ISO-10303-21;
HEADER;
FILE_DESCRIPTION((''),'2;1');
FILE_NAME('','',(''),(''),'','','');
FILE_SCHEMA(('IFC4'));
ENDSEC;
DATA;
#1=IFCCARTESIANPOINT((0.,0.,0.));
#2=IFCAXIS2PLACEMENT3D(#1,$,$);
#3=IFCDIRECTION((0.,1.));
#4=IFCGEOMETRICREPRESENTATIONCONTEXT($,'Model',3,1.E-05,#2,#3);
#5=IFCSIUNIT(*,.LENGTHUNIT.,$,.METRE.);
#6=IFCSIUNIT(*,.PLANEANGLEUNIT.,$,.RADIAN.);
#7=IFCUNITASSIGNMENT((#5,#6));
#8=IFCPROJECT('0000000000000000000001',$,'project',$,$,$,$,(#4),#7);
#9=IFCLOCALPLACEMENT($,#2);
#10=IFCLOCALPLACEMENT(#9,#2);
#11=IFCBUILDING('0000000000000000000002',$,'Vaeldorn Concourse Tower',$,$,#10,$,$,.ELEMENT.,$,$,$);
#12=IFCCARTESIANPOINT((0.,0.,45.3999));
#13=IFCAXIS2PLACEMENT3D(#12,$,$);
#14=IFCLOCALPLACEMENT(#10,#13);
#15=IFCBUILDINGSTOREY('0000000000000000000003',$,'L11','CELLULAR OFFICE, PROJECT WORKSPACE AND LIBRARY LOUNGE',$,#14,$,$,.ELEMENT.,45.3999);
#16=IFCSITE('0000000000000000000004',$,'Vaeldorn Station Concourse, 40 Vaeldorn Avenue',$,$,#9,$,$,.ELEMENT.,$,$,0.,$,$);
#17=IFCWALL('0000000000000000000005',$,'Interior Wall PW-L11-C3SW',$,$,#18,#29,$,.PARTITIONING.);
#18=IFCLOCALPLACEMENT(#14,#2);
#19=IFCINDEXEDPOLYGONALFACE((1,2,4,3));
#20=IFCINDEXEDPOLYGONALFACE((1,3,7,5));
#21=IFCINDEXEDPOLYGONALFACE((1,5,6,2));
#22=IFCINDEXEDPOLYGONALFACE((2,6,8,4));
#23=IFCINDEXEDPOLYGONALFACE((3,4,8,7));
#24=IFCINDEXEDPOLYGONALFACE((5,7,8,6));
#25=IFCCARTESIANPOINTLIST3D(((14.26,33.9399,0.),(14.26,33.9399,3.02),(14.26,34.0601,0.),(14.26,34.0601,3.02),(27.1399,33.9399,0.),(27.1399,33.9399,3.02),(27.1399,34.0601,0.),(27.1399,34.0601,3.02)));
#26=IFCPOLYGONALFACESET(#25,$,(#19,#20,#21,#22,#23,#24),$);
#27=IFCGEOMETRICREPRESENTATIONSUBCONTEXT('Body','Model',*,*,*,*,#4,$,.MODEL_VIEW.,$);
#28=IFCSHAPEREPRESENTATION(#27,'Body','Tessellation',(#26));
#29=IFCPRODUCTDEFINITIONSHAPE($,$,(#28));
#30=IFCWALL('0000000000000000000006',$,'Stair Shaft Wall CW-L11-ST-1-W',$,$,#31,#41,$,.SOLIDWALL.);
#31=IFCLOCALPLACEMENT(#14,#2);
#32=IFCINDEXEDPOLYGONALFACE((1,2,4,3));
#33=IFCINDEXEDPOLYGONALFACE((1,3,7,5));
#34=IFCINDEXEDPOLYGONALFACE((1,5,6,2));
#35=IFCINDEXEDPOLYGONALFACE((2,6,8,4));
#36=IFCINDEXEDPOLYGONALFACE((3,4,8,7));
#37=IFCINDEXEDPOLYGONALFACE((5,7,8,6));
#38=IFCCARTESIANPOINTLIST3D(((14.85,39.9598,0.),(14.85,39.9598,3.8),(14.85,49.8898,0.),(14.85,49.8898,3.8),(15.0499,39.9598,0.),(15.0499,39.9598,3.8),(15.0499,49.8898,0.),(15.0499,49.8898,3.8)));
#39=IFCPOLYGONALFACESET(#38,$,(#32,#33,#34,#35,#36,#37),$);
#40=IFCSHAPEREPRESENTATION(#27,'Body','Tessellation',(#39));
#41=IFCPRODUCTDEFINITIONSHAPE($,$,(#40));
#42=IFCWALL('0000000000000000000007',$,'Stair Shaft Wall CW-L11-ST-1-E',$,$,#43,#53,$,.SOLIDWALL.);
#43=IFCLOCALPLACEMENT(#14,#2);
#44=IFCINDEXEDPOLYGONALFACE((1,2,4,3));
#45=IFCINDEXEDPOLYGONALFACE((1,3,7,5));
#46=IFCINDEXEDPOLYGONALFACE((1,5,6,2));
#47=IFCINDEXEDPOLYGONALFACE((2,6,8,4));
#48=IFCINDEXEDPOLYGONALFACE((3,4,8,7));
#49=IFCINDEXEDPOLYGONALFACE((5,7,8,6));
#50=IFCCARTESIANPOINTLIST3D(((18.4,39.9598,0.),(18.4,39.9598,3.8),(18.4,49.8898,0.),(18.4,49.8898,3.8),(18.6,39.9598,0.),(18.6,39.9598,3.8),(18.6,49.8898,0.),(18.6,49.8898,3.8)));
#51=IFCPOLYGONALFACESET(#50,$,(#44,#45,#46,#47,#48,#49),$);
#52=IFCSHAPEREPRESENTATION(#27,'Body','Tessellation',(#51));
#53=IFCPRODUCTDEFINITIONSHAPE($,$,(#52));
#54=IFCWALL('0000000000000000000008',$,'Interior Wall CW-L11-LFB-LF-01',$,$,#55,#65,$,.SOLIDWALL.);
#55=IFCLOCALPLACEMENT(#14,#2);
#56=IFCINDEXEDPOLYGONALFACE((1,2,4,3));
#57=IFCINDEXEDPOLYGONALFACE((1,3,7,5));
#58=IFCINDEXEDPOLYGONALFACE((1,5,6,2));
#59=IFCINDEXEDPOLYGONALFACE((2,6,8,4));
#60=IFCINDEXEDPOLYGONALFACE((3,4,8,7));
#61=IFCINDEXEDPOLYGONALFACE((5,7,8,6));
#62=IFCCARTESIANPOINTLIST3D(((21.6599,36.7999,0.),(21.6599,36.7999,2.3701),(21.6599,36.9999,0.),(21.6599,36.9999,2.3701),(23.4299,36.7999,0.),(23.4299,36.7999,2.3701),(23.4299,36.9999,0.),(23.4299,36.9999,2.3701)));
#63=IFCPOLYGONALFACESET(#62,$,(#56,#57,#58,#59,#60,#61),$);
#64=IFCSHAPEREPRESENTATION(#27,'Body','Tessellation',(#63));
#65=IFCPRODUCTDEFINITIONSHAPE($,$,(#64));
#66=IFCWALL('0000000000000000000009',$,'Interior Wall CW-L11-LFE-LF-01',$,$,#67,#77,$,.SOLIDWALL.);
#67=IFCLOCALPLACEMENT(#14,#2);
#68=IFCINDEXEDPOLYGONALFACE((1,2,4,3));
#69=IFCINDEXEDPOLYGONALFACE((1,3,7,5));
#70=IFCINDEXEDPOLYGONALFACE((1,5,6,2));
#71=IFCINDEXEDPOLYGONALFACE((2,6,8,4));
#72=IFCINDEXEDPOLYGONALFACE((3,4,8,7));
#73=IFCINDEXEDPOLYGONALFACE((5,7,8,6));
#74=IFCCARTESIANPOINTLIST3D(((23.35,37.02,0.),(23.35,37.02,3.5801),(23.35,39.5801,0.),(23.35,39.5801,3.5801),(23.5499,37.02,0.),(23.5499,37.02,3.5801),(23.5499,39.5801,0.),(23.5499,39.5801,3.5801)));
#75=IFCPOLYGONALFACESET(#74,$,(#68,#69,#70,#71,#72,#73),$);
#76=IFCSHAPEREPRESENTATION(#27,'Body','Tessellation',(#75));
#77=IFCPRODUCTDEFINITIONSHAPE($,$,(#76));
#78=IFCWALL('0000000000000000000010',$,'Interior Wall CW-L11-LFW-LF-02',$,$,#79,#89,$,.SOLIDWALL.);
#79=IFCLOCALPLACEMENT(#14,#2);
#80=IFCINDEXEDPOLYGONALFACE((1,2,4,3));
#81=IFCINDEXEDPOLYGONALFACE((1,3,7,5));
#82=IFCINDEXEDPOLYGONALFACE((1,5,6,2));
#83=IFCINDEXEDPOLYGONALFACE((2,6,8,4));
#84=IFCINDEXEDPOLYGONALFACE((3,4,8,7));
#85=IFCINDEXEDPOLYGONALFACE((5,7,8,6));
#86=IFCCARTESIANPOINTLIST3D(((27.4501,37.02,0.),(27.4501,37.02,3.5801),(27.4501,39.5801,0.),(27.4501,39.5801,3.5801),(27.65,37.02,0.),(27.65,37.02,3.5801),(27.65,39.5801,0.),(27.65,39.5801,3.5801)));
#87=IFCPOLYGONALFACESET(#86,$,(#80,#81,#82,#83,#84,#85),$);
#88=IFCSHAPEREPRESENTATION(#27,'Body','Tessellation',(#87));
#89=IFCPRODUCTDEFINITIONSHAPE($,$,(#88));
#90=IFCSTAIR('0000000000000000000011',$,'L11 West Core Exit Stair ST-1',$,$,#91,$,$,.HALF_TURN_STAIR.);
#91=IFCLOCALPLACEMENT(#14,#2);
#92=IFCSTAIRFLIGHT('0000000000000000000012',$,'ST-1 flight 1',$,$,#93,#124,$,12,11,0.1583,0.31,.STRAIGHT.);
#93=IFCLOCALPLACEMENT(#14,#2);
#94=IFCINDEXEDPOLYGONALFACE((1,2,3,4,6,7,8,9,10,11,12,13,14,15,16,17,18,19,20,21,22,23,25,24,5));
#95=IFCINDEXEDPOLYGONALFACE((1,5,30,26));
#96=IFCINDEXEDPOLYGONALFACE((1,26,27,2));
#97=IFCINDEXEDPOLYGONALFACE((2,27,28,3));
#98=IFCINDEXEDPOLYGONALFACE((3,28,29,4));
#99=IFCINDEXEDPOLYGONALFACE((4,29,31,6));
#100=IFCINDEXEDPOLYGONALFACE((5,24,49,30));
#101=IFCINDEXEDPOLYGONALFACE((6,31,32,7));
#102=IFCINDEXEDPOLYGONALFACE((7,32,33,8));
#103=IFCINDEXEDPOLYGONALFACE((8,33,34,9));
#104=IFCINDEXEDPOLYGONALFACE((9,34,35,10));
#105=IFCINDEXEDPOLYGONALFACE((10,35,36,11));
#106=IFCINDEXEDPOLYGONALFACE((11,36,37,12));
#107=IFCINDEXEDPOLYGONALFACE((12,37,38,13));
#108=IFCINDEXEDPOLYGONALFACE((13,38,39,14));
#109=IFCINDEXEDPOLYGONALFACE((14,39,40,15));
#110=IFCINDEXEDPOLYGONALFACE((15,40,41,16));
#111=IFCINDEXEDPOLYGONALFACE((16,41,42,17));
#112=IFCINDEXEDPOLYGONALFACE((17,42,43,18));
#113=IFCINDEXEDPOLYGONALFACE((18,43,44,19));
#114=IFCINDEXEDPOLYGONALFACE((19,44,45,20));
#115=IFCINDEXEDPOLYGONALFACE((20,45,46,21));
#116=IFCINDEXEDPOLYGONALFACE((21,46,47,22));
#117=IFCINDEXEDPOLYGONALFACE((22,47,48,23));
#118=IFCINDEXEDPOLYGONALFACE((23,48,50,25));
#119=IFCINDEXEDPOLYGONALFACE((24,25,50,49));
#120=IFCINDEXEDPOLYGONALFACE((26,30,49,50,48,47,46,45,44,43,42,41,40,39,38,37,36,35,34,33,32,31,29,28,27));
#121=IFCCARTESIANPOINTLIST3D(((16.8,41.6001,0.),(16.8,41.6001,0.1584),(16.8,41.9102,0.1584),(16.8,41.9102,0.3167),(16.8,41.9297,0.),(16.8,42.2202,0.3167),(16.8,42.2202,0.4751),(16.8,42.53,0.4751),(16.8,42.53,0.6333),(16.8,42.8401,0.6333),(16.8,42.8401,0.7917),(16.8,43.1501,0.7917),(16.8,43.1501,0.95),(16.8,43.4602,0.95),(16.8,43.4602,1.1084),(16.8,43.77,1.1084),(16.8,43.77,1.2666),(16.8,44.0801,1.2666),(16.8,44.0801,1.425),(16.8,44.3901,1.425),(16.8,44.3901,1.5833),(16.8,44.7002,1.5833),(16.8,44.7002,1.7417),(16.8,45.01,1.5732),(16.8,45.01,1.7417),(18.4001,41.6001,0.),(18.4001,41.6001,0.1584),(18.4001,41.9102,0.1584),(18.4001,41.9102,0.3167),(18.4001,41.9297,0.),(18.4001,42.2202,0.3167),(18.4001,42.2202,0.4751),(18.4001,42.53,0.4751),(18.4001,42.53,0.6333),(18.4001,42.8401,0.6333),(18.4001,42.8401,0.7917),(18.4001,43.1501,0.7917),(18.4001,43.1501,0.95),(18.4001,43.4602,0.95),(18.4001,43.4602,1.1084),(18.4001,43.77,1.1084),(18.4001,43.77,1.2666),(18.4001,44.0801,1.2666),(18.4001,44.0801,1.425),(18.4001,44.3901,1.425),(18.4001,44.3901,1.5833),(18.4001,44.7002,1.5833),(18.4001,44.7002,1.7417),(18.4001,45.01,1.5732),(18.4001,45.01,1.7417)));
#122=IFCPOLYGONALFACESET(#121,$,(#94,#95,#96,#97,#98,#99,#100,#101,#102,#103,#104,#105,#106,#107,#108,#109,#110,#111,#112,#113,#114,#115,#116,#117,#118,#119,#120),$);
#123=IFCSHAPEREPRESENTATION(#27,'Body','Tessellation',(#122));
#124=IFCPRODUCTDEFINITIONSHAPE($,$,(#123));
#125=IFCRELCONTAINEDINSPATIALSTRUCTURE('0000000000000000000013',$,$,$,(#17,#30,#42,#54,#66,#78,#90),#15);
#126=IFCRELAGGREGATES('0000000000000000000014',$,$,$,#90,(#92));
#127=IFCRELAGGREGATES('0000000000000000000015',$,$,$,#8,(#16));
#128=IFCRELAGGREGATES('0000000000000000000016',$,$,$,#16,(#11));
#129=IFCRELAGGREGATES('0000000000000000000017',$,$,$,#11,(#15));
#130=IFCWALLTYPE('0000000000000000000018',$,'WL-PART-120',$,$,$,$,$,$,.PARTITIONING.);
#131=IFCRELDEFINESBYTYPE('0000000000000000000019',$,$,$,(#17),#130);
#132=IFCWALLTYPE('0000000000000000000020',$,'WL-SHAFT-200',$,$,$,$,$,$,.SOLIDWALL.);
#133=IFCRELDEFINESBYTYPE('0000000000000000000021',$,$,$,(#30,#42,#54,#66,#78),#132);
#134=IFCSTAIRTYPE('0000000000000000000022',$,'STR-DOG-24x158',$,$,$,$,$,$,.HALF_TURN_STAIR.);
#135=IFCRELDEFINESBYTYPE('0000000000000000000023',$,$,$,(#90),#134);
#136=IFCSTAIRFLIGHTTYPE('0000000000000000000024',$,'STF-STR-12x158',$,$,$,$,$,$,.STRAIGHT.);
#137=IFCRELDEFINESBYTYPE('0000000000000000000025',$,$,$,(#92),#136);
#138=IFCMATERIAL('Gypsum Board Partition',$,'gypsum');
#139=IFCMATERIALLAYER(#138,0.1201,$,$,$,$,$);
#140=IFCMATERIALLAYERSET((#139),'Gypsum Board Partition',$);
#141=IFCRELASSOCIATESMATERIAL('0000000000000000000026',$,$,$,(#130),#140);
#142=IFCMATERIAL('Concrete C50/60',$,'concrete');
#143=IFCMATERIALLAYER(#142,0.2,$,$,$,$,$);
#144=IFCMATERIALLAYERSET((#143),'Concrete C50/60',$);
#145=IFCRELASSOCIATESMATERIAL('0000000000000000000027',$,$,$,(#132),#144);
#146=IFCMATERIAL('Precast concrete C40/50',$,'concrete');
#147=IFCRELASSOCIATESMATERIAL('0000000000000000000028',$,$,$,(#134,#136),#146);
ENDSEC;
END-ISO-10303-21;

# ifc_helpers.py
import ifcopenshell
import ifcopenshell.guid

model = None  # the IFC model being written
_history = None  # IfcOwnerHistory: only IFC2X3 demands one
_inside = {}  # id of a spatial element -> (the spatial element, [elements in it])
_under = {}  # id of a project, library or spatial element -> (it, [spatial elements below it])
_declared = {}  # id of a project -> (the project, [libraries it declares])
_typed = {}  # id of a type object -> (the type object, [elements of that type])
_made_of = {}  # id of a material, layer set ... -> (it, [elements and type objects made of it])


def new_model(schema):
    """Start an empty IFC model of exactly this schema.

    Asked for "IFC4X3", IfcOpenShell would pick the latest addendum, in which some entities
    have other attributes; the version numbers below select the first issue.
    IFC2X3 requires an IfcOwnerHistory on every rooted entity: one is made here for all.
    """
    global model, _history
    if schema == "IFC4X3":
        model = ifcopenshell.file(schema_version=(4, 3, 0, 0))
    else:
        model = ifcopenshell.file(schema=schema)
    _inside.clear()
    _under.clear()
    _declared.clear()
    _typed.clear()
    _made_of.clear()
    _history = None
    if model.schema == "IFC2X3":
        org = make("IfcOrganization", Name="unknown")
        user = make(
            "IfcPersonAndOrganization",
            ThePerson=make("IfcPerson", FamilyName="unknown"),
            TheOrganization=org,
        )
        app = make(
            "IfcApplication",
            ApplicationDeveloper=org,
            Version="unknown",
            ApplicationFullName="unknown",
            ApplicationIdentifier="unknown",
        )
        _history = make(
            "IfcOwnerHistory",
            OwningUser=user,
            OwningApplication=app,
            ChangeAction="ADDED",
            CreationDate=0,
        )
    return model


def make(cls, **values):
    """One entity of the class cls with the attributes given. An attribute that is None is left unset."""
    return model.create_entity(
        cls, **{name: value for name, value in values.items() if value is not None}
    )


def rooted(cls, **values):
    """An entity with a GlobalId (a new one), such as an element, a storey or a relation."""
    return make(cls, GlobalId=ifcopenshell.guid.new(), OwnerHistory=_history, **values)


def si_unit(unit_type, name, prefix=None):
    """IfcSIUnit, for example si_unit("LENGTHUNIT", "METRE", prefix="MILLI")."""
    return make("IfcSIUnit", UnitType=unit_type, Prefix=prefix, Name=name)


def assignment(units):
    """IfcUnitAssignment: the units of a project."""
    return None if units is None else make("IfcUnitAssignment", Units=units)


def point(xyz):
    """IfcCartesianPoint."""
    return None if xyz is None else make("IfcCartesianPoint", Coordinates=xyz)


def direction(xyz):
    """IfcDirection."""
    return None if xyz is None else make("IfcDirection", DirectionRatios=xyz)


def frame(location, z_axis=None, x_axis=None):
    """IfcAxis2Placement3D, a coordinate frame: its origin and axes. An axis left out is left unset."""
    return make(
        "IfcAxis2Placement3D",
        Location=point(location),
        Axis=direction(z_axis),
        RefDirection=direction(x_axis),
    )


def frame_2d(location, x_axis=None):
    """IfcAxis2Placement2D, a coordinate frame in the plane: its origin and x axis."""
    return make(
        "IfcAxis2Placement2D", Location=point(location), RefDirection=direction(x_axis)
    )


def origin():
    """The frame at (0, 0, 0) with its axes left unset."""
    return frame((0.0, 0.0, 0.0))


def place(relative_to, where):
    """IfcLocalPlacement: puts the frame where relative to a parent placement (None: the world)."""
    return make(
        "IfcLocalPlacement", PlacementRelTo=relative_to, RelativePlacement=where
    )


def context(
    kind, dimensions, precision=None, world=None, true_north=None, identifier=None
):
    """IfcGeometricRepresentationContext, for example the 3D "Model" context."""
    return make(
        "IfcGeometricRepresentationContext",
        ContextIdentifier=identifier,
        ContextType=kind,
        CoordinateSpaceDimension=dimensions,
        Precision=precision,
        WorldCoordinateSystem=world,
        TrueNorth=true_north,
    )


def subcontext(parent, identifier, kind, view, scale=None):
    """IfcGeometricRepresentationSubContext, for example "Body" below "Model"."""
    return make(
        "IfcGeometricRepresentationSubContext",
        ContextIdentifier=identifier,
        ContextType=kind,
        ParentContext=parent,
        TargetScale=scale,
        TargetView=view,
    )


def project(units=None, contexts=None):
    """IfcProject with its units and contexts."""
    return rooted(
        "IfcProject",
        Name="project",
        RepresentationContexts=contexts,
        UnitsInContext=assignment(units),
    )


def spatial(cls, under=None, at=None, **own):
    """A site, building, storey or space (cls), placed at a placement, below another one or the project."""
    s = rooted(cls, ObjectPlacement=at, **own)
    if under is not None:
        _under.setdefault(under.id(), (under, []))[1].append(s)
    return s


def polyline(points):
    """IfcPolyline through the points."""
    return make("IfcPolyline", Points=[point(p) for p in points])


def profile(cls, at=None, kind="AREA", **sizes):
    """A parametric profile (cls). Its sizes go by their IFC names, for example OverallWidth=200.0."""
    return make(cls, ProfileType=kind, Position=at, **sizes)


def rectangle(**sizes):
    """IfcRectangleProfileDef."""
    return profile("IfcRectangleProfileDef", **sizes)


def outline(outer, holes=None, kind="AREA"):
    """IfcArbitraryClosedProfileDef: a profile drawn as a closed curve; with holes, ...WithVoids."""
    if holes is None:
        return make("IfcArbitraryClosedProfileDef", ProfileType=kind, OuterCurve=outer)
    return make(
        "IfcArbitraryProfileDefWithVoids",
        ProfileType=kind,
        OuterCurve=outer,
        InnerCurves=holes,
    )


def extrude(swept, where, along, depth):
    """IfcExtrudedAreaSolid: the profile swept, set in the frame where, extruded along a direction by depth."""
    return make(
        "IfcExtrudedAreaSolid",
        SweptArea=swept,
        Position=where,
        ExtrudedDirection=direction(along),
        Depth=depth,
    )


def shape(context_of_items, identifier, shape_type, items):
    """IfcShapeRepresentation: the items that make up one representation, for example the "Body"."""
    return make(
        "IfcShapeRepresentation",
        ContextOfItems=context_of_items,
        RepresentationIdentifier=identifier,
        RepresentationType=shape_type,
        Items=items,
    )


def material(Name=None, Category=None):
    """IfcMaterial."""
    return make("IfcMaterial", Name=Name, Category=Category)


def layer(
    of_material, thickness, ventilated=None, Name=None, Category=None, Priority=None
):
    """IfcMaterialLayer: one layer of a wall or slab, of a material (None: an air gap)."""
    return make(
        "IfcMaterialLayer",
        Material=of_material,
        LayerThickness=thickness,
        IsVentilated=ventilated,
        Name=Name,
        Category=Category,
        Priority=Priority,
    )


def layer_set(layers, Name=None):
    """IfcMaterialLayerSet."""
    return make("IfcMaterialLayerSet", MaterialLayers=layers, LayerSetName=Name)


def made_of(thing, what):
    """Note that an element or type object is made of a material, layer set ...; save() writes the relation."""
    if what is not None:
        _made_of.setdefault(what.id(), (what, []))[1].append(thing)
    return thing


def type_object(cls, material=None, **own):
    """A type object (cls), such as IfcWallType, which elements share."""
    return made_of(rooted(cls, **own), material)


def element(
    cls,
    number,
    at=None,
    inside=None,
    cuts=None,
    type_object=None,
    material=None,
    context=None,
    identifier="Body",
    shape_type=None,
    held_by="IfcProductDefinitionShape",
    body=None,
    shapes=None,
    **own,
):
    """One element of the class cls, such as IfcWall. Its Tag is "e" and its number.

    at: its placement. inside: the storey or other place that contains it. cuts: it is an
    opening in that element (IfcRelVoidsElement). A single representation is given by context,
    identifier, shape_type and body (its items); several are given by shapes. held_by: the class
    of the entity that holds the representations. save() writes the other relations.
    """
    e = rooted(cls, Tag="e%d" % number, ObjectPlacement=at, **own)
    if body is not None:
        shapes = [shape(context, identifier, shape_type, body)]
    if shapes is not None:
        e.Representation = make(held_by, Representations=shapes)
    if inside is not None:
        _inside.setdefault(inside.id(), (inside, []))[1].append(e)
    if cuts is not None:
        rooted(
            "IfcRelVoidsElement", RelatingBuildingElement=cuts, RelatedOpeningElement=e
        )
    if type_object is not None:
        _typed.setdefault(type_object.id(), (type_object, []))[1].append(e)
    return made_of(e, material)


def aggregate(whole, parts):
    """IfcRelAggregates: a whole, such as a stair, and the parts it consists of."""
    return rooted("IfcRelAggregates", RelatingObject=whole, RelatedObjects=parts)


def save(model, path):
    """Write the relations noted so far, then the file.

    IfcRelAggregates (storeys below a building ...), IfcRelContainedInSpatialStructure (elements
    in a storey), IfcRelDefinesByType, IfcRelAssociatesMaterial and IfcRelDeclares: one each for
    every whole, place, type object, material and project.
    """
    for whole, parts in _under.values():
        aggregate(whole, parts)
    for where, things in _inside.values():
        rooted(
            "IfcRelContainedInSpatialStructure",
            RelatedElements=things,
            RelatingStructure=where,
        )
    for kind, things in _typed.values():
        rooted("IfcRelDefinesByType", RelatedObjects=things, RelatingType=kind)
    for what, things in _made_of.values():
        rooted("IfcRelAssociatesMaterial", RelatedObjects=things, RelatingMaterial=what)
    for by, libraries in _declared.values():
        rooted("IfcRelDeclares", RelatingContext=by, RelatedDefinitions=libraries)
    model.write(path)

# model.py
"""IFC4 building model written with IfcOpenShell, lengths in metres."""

from ifc_helpers import new_model, si_unit, direction, frame, frame_2d, origin, place, context, subcontext, project, spatial, polyline, rectangle, outline, extrude, material, layer, layer_set, type_object, element, aggregate, save


model = new_model("IFC4")

# Units and contexts
model_context = context("Model", 3, precision=1e-05, world=origin(), true_north=direction((0.0, 1.0)))
body_context = subcontext(model_context, "Body", "Model", "MODEL_VIEW")
ifc_project = project(units=[si_unit("LENGTHUNIT", "METRE"), si_unit("PLANEANGLEUNIT", "RADIAN")], contexts=[model_context])

# Site, building, storey
site_placement = place(None, origin())
site = spatial("IfcSite", under=ifc_project, at=site_placement, Name="Vaeldorn Station Concourse, 40 Vaeldorn Avenue", CompositionType="ELEMENT", RefElevation=0.0)
building_placement = place(site_placement, origin())
building = spatial("IfcBuilding", under=site, at=building_placement, Name="Vaeldorn Concourse Tower", CompositionType="ELEMENT")
storey_placement = place(building_placement, frame((0.0, 0.0, 45.3999)))
storey = spatial("IfcBuildingStorey", under=building, at=storey_placement, Name="L11", Description="CELLULAR OFFICE, PROJECT WORKSPACE AND LIBRARY LOUNGE", CompositionType="ELEMENT", Elevation=45.3999)

# Wall
ifc_material_1 = material(Name="Gypsum Board Partition", Category="gypsum")
ifc_layer_1 = layer(ifc_material_1, 0.1201)
ifc_layer_set_1 = layer_set([ifc_layer_1], Name="Gypsum Board Partition")
wall_type_1 = type_object("IfcWallType", Name="WL-PART-120", PredefinedType="PARTITIONING", material=ifc_layer_set_1)
wall_1_placement = place(storey_placement, frame((14.26, 34.0, 0.0), z_axis=(0.0, 0.0, 1.0), x_axis=(1.0, 0.0, 0.0)))
element("IfcWall", 1, at=wall_1_placement, inside=storey, type_object=wall_type_1, Name="Interior Wall PW-L11-C3SW", PredefinedType="PARTITIONING", context=body_context, shape_type="SweptSolid", body=[
    extrude(rectangle(XDim=12.8799, YDim=0.1201, at=frame_2d((6.4399, 0.0))), origin(), (0.0, 0.0, 1.0), 3.02),
])

# Shared definitions
ifc_material_2 = material(Name="Concrete C50/60", Category="concrete")
ifc_layer_2 = layer(ifc_material_2, 0.2)
ifc_layer_set_2 = layer_set([ifc_layer_2], Name="Concrete C50/60")
wall_type_2 = type_object("IfcWallType", Name="WL-SHAFT-200", PredefinedType="SOLIDWALL", material=ifc_layer_set_2)

# Walls
for number, where, z_axis, x_axis, name in (
    (2, (14.95, 39.96, 0.0), (0.0, 0.0, 1.0), (0.0, 1.0, 0.0), "Stair Shaft Wall CW-L11-ST-1-W"),
    (3, (18.5, 39.96, 0.0), (0.0, 0.0, 1.0), (0.0, 1.0, 0.0), "Stair Shaft Wall CW-L11-ST-1-E"),
):
    element("IfcWall", number, at=place(storey_placement, frame(where, z_axis=z_axis, x_axis=x_axis)), inside=storey, type_object=wall_type_2, Name=name, PredefinedType="SOLIDWALL", context=body_context, shape_type="SweptSolid", body=[
        extrude(rectangle(XDim=9.9299, YDim=0.2, at=frame_2d((4.9648, 0.0))), origin(), (0.0, 0.0, 1.0), 3.8),
    ])

# Walls
wall_2_placement = place(storey_placement, frame((21.6599, 36.8999, 0.0), z_axis=(0.0, 0.0, 1.0), x_axis=(1.0, 0.0, 0.0)))
element("IfcWall", 4, at=wall_2_placement, inside=storey, type_object=wall_type_2, Name="Interior Wall CW-L11-LFB-LF-01", PredefinedType="SOLIDWALL", context=body_context, shape_type="SweptSolid", body=[
    extrude(rectangle(XDim=1.77, YDim=0.2, at=frame_2d((0.885, 0.0))), origin(), (0.0, 0.0, 1.0), 2.3701),
])
wall_3_placement = place(storey_placement, frame((23.45, 37.02, 0.0), z_axis=(0.0, 0.0, 1.0), x_axis=(0.0, 1.0, 0.0)))
element("IfcWall", 5, at=wall_3_placement, inside=storey, type_object=wall_type_2, Name="Interior Wall CW-L11-LFE-LF-01", PredefinedType="SOLIDWALL", context=body_context, shape_type="SweptSolid", body=[
    extrude(rectangle(XDim=2.5601, YDim=0.2, at=frame_2d((1.28, 0.0))), origin(), (0.0, 0.0, 1.0), 3.5801),
])

# Wall
wall_4_placement = place(storey_placement, frame((27.55, 37.02, 0.0), z_axis=(0.0, 0.0, 1.0), x_axis=(0.0, 1.0, 0.0)))
element("IfcWall", 6, at=wall_4_placement, inside=storey, type_object=wall_type_2, Name="Interior Wall CW-L11-LFW-LF-02", PredefinedType="SOLIDWALL", context=body_context, shape_type="SweptSolid", body=[
    extrude(rectangle(XDim=2.5601, YDim=0.2, at=frame_2d((1.28, 0.0))), origin(), (0.0, 0.0, 1.0), 3.5801),
])

# Stair, stair flight
ifc_material_3 = material(Name="Precast concrete C40/50", Category="concrete")
stair_type = type_object("IfcStairType", Name="STR-DOG-24x158", PredefinedType="HALF_TURN_STAIR", material=ifc_material_3)
stair_placement = place(storey_placement, origin())
stair = element("IfcStair", 7, at=stair_placement, inside=storey, type_object=stair_type, Name="L11 West Core Exit Stair ST-1", PredefinedType="HALF_TURN_STAIR")
stair_flight_type = type_object("IfcStairFlightType", Name="STF-STR-12x158", PredefinedType="STRAIGHT", material=ifc_material_3)
stair_flight_placement = place(storey_placement, frame((17.6001, 41.6001, 0.0), z_axis=(0.0, 0.0, 1.0), x_axis=(0.0, 1.0, 0.0)))
stair_flight = element("IfcStairFlight", 8, at=stair_flight_placement, type_object=stair_flight_type, Name="ST-1 flight 1", NumberOfRisers=12, NumberOfTreads=11, PredefinedType="STRAIGHT", RiserHeight=0.1583, TreadLength=0.31, context=body_context, shape_type="SweptSolid", body=[
    extrude(outline(polyline([(0.0, 0.0), (0.0, 0.1584), (0.3101, 0.1584), (0.3101, 0.3167), (0.6201, 0.3167), (0.6201, 0.4751), (0.9299, 0.4751), (0.9299, 0.6333), (1.24, 0.6333), (1.24, 0.7917), (1.55, 0.7917), (1.55, 0.95), (1.8601, 0.95), (1.8601, 1.1084), (2.1699, 1.1084), (2.1699, 1.2666), (2.48, 1.2666), (2.48, 1.425), (2.79, 1.425), (2.79, 1.5833), (3.1001, 1.5833), (3.1001, 1.7417), (3.4099, 1.7417), (3.4099, 1.8999), (3.4099, 1.5732), (0.3296, 0.0), (0.0, 0.0)])), frame((0.0, 0.8, 0.0), z_axis=(0.0, -1.0, 0.0), x_axis=(1.0, 0.0, 0.0)), (0.0, 0.0, 1.0), 1.6001),
])
aggregate(stair, [stair_flight])

save(model, "model.ifc")
